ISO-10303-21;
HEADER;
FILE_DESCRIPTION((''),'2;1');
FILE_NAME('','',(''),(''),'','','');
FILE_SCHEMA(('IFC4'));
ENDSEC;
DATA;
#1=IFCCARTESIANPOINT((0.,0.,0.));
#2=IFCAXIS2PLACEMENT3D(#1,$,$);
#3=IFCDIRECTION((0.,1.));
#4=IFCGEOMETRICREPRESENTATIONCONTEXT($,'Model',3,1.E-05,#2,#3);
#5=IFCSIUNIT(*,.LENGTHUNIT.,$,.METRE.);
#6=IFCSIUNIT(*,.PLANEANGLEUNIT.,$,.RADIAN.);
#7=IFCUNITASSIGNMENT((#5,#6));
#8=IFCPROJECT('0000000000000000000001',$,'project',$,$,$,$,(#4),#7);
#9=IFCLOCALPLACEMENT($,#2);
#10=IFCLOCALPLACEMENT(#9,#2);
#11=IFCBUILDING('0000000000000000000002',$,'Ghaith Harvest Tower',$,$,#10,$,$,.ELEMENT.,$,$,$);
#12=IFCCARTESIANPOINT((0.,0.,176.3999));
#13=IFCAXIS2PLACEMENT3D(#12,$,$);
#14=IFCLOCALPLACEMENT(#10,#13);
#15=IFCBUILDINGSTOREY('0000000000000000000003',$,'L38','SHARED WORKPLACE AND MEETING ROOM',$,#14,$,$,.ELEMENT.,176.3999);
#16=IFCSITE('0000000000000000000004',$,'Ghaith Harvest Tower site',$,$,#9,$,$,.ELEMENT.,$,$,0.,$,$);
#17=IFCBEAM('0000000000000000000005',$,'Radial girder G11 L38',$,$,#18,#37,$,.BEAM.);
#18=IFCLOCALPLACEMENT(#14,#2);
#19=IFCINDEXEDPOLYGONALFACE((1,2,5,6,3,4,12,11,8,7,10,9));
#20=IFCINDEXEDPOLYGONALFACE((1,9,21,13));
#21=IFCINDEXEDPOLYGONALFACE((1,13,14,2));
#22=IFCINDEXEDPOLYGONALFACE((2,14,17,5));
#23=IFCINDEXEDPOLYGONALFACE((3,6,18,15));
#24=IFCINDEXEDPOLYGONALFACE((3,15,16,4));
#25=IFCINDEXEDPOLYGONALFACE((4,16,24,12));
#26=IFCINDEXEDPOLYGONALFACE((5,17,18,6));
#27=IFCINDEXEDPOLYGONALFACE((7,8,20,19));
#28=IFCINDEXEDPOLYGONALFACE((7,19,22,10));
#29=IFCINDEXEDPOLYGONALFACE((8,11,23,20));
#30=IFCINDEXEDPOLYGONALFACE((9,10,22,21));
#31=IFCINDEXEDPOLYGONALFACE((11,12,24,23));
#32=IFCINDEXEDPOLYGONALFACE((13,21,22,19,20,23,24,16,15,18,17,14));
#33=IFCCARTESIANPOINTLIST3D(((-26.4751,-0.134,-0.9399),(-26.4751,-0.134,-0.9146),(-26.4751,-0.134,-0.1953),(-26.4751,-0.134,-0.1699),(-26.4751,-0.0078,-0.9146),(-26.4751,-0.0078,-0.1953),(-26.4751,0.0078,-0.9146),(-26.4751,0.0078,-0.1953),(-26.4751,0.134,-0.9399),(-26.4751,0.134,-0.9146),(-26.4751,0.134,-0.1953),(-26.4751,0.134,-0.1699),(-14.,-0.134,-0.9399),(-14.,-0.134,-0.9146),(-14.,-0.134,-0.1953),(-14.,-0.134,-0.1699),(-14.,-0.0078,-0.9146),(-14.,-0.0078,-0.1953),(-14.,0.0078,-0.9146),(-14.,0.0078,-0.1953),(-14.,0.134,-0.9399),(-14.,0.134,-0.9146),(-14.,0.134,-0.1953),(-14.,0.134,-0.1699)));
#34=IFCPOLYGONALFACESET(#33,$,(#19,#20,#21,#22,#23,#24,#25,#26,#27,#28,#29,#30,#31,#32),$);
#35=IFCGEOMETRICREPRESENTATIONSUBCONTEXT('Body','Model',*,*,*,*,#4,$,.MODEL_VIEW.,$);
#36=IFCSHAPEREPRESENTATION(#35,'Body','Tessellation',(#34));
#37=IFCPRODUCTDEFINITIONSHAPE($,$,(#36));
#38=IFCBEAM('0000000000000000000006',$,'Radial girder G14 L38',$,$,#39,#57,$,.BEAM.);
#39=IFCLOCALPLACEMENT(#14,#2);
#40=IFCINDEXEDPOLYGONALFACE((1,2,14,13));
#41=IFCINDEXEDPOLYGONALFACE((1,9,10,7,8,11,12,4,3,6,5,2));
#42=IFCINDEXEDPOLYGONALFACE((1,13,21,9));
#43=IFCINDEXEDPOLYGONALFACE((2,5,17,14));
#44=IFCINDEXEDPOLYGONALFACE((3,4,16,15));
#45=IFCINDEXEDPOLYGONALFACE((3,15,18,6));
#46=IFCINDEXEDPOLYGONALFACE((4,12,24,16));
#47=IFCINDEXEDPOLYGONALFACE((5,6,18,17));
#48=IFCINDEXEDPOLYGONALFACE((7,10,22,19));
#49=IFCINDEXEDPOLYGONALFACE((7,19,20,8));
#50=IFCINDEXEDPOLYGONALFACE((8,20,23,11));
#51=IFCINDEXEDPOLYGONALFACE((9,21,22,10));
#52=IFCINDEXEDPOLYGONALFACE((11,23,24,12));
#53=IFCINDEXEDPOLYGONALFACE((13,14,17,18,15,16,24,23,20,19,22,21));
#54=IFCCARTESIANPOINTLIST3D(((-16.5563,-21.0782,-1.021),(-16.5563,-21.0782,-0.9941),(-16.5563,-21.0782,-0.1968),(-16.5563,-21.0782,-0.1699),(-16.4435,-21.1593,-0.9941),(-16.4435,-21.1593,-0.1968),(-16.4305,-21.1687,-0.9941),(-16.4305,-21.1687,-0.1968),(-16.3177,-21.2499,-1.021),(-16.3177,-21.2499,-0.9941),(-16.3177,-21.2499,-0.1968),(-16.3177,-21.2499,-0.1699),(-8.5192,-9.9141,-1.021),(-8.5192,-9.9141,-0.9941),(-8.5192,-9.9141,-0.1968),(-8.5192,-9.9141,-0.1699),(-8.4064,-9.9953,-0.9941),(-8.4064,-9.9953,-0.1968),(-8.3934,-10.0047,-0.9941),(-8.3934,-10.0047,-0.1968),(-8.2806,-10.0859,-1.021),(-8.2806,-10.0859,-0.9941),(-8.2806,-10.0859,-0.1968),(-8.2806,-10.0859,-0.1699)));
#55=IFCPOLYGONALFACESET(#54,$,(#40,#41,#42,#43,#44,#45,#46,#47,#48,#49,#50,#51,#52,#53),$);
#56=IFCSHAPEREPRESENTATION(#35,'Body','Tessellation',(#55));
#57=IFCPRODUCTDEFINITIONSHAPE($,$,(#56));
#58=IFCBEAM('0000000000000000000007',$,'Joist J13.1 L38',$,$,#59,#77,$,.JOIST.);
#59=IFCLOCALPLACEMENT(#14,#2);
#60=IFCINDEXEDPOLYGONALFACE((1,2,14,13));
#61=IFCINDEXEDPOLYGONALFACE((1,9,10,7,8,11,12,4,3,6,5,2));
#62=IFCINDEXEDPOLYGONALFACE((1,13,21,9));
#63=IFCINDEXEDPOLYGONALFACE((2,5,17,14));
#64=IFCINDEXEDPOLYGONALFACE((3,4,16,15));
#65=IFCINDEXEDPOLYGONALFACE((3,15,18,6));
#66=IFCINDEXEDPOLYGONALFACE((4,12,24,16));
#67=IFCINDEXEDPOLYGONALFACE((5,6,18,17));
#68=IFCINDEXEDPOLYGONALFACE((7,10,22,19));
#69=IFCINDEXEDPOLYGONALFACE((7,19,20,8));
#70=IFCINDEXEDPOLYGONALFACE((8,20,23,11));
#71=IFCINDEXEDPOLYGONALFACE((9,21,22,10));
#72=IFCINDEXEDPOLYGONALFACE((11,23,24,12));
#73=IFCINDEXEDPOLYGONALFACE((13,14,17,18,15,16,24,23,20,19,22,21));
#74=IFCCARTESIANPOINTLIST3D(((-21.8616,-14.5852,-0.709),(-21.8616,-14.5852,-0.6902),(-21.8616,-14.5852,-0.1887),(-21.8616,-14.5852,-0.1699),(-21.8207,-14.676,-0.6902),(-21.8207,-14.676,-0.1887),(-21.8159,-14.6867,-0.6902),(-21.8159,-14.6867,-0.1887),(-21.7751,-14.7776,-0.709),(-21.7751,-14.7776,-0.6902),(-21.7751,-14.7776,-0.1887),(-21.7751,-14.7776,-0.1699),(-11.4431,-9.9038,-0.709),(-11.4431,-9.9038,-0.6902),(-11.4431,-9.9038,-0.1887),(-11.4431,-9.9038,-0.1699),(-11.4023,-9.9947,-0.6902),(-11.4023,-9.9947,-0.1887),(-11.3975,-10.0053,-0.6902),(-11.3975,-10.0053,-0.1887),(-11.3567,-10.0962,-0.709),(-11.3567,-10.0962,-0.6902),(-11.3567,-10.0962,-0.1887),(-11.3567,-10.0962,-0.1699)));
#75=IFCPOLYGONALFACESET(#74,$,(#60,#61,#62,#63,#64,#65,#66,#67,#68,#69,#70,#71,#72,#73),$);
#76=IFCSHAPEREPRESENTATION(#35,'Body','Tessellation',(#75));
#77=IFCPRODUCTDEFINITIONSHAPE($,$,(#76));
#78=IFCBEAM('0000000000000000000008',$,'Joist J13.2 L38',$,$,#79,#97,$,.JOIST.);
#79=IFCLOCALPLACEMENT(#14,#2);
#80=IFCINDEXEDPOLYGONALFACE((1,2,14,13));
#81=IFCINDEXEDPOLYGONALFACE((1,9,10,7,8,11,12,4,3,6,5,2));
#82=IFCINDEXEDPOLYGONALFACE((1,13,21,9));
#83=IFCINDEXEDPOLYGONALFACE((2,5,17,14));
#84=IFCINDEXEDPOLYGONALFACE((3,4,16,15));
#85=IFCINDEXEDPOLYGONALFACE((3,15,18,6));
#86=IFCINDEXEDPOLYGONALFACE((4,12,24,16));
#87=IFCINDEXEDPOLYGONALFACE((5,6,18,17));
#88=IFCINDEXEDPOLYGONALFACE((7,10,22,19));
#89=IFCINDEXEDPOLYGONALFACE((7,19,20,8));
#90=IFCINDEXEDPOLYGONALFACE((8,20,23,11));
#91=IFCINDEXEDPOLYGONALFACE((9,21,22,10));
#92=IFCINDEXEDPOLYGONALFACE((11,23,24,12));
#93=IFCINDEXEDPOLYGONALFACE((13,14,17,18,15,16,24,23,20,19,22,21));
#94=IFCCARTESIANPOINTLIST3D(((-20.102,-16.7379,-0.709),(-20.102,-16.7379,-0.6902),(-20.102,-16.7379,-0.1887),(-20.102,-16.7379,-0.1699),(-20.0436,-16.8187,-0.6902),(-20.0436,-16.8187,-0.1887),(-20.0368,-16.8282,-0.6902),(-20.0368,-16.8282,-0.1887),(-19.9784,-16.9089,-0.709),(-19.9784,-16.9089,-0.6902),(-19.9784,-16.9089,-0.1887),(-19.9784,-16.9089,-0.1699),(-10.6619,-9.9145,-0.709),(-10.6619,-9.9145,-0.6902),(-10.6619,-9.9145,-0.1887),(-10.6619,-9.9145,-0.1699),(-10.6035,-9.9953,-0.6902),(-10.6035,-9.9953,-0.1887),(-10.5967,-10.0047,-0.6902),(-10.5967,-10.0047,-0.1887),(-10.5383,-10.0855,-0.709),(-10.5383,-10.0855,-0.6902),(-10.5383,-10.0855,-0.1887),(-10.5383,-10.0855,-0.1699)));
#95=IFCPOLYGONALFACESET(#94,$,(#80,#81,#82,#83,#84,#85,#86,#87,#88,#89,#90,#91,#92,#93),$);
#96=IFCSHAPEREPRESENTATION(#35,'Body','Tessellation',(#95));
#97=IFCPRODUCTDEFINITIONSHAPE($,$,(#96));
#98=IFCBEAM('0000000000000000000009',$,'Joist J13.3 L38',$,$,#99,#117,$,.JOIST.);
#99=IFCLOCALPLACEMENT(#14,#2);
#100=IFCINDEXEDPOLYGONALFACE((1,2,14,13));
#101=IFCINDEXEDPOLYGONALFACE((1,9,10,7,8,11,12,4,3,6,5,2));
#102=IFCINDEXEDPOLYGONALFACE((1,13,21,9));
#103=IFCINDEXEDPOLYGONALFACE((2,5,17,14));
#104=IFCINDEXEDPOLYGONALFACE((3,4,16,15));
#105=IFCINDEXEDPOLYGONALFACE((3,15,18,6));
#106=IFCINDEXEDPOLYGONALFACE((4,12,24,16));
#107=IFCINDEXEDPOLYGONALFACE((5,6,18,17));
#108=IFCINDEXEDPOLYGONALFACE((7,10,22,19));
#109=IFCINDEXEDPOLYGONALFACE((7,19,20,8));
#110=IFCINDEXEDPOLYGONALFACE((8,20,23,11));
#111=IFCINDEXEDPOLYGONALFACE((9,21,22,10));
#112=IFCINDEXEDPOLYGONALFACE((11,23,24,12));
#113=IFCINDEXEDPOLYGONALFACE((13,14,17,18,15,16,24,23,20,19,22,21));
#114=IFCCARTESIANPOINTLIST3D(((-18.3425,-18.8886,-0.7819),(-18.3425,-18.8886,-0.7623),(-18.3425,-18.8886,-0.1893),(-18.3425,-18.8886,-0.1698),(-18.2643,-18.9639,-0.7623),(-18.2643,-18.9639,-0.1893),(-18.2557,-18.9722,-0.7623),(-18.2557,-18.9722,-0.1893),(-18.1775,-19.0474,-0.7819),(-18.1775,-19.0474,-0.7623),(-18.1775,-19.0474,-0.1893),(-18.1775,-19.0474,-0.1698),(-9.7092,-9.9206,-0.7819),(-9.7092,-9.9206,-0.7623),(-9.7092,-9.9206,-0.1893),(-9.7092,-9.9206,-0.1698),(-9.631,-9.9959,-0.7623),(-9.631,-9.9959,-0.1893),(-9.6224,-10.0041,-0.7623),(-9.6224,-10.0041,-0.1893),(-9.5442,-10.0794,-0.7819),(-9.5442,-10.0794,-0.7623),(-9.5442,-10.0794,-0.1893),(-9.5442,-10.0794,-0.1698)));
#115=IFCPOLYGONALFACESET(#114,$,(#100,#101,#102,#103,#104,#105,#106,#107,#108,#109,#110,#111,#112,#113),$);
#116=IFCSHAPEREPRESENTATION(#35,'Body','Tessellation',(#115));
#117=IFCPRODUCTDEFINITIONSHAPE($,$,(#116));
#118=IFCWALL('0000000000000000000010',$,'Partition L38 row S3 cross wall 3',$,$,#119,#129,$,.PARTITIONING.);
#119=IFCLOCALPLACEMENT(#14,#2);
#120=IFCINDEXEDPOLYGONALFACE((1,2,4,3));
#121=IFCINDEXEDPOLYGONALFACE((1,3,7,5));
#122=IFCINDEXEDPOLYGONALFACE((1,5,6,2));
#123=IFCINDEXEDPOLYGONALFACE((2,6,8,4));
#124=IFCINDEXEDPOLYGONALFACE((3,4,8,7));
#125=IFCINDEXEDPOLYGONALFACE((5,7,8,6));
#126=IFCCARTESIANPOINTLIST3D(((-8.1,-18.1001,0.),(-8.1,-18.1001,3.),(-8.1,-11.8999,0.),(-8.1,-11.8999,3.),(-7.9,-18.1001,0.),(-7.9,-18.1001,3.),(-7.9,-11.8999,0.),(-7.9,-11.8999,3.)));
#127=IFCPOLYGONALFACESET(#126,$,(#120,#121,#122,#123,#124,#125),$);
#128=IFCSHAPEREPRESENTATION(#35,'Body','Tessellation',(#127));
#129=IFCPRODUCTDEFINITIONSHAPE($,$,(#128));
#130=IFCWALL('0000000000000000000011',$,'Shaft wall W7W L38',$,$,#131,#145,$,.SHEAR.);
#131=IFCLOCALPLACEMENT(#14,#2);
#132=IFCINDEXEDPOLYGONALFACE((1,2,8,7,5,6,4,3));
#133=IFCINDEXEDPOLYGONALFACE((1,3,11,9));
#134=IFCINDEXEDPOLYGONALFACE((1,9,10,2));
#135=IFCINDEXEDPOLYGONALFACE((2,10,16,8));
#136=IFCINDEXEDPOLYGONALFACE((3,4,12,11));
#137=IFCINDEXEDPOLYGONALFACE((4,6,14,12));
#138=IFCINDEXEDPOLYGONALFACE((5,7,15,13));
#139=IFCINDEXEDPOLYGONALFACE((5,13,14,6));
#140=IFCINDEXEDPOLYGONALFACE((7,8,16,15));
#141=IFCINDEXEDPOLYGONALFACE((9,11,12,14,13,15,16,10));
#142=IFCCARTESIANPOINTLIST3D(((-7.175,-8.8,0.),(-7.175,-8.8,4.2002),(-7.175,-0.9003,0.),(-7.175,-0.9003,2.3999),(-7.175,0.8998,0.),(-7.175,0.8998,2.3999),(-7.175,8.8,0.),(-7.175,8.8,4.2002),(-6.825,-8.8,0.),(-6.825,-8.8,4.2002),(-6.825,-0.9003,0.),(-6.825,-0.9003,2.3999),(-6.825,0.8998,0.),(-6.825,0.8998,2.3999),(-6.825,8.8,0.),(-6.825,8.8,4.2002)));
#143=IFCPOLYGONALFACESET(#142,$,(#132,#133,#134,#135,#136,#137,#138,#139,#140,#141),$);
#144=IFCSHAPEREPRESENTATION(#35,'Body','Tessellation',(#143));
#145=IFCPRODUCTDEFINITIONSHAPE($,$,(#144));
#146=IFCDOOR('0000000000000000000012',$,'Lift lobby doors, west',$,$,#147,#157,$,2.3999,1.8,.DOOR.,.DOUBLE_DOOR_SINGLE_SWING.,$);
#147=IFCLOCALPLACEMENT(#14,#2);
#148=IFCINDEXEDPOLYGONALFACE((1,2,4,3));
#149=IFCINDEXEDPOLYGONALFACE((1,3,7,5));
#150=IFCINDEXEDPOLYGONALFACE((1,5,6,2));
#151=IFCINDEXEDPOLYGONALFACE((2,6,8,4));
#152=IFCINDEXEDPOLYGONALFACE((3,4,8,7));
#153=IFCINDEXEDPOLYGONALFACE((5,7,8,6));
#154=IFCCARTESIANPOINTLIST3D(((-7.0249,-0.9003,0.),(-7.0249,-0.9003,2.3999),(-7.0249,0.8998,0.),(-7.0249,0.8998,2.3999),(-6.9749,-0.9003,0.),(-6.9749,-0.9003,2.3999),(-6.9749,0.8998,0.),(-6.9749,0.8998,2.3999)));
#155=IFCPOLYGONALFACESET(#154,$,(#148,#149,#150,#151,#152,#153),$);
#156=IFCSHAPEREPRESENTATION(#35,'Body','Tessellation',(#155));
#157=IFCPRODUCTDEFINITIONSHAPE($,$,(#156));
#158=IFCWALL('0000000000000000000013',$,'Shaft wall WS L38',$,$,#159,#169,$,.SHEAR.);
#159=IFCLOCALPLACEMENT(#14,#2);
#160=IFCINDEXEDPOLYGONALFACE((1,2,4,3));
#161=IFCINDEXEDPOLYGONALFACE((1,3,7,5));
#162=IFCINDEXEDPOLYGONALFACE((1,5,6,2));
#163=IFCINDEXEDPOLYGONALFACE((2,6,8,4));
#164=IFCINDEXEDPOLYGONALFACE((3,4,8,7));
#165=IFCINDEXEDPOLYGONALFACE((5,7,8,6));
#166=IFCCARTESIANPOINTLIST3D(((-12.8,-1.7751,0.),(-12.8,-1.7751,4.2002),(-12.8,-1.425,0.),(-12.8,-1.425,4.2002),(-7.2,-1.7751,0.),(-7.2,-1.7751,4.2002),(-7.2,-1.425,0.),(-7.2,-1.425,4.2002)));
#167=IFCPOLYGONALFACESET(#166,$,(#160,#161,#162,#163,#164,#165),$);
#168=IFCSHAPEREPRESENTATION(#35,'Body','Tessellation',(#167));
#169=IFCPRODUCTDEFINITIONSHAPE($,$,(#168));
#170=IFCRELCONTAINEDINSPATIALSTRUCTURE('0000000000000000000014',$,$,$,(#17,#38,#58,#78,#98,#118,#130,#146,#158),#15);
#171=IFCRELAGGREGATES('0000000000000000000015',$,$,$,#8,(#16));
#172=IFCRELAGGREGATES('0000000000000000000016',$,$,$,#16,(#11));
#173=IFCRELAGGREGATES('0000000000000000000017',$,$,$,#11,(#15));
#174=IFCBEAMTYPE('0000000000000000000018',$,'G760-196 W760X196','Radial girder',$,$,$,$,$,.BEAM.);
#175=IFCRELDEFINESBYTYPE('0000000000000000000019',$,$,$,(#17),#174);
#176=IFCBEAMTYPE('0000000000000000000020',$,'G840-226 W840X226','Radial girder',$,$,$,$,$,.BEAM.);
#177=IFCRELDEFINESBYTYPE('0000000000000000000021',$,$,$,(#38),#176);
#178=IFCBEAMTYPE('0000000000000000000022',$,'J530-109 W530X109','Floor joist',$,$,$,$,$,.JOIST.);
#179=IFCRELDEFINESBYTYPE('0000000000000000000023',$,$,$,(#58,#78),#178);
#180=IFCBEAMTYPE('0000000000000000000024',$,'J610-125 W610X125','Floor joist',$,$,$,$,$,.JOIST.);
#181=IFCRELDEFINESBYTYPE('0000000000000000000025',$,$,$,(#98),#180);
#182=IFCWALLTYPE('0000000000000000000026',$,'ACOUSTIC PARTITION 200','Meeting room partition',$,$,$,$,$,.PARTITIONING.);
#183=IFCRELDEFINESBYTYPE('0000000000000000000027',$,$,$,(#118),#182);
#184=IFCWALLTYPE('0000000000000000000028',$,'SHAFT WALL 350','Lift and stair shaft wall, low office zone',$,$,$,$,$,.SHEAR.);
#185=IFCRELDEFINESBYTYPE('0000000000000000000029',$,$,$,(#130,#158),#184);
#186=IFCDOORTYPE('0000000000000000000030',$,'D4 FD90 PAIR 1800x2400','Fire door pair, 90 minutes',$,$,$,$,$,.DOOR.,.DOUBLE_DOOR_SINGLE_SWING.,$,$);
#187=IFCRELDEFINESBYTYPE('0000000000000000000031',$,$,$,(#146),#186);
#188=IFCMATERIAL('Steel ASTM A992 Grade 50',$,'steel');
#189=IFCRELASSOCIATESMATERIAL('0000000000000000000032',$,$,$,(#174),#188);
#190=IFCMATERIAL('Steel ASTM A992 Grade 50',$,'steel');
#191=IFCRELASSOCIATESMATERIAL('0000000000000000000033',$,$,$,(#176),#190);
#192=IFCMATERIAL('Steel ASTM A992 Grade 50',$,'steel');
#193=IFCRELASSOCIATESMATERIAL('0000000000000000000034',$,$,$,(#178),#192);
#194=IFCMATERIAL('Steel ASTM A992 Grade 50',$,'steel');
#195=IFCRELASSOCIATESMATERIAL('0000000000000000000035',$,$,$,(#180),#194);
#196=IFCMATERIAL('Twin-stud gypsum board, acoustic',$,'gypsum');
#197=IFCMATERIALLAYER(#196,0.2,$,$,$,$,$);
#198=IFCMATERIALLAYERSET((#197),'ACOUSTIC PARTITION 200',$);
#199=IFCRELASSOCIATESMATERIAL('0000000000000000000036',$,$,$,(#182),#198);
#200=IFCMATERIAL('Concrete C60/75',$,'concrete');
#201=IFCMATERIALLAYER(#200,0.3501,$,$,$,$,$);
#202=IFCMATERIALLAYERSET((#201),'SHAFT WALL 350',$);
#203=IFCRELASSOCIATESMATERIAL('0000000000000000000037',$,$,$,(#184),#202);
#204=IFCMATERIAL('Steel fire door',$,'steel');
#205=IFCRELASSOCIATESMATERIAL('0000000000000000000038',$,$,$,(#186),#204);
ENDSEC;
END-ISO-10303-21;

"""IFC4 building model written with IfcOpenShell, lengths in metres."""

from ifc_helpers import new_model, si_unit, direction, frame, frame_2d, origin, origin_2d, place, context, subcontext, project, spatial, rectangle, i_section, extrude, material, layer, layer_set, material_profile, profile_set, type_object, element, fill, save


model = new_model("IFC4")

# Units and contexts
model_context = context("Model", 3, precision=1e-05, world=origin(), true_north=direction((0.0, 1.0)))
body_context = subcontext(model_context, "Body", "Model", "MODEL_VIEW")
ifc_project = project(units=[si_unit("LENGTHUNIT", "METRE"), si_unit("PLANEANGLEUNIT", "RADIAN")], contexts=[model_context])

# Site, building, storey
site_placement = place(None, origin())
site = spatial("IfcSite", under=ifc_project, at=site_placement, Name="Ghaith Harvest Tower site", CompositionType="ELEMENT", RefElevation=0.0)
building_placement = place(site_placement, origin())
building = spatial("IfcBuilding", under=site, at=building_placement, Name="Ghaith Harvest Tower", CompositionType="ELEMENT")
storey_placement = place(building_placement, frame((0.0, 0.0, 176.3999)))
storey = spatial("IfcBuildingStorey", under=building, at=storey_placement, Name="L38", Description="SHARED WORKPLACE AND MEETING ROOM", CompositionType="ELEMENT", Elevation=176.3999)

# Beams
ifc_material_1 = material(Name="Steel ASTM A992 Grade 50", Category="steel")
ifc_material_profile_1 = material_profile(ifc_material_1, i_section(OverallWidth=0.2681, OverallDepth=0.77, WebThickness=0.0156, FlangeThickness=0.0254, at=origin_2d()), Name="W760X196")
ifc_profile_set_1 = profile_set([ifc_material_profile_1], Name="Steel ASTM A992 Grade 50")
beam_type_1 = type_object("IfcBeamType", Name="G760-196 W760X196", Description="Radial girder", PredefinedType="BEAM", material=ifc_profile_set_1)
beam_1_placement = place(storey_placement, frame((-14.0, 0.0, -0.5549), z_axis=(-1.0, 0.0, 0.0), x_axis=(0.0, -1.0, 0.0)))
element("IfcBeam", 1, at=beam_1_placement, inside=storey, type_object=beam_type_1, Name="Radial girder G11 L38", PredefinedType="BEAM", context=body_context, shape_type="SweptSolid", body=[
    extrude(i_section(OverallWidth=0.2681, OverallDepth=0.77, WebThickness=0.0156, FlangeThickness=0.0254, at=origin_2d()), origin(), (0.0, 0.0, 1.0), 12.4751),
])
ifc_material_2 = material(Name="Steel ASTM A992 Grade 50", Category="steel")
ifc_material_profile_2 = material_profile(ifc_material_2, i_section(OverallWidth=0.2939, OverallDepth=0.8511, WebThickness=0.0161, FlangeThickness=0.0269, at=origin_2d()), Name="W840X226")
ifc_profile_set_2 = profile_set([ifc_material_profile_2], Name="Steel ASTM A992 Grade 50")
beam_type_2 = type_object("IfcBeamType", Name="G840-226 W840X226", Description="Radial girder", PredefinedType="BEAM", material=ifc_profile_set_2)
beam_2_placement = place(storey_placement, frame((-8.3999, -10.0, -0.5955), z_axis=(-0.584256, -0.811569, 0.0), x_axis=(0.811569, -0.584256, 0.0)))
element("IfcBeam", 2, at=beam_2_placement, inside=storey, type_object=beam_type_2, Name="Radial girder G14 L38", PredefinedType="BEAM", context=body_context, shape_type="SweptSolid", body=[
    extrude(i_section(OverallWidth=0.2939, OverallDepth=0.8511, WebThickness=0.0161, FlangeThickness=0.0269, at=origin_2d()), origin(), (0.0, 0.0, 1.0), 13.7561),
])
ifc_material_3 = material(Name="Steel ASTM A992 Grade 50", Category="steel")
ifc_material_profile_3 = material_profile(ifc_material_3, i_section(OverallWidth=0.2109, OverallDepth=0.5391, WebThickness=0.0117, FlangeThickness=0.0188, at=origin_2d()), Name="W530X109")
ifc_profile_set_3 = profile_set([ifc_material_profile_3], Name="Steel ASTM A992 Grade 50")
beam_type_3 = type_object("IfcBeamType", Name="J530-109 W530X109", Description="Floor joist", PredefinedType="JOIST", material=ifc_profile_set_3)
beam_3_placement = place(storey_placement, frame((-11.3999, -10.0, -0.4395), z_axis=(-0.912148, -0.409862, 0.0), x_axis=(0.409862, -0.912148, 0.0)))
element("IfcBeam", 3, at=beam_3_placement, inside=storey, type_object=beam_type_3, Name="Joist J13.1 L38", PredefinedType="JOIST", context=body_context, shape_type="SweptSolid", body=[
    extrude(i_section(OverallWidth=0.2109, OverallDepth=0.5391, WebThickness=0.0117, FlangeThickness=0.0188, at=origin_2d()), origin(), (0.0, 0.0, 1.0), 11.4219),
])
beam_4_placement = place(storey_placement, frame((-10.6001, -10.0, -0.4395), z_axis=(-0.810452, -0.585805, 0.0), x_axis=(0.585805, -0.810452, 0.0)))
element("IfcBeam", 4, at=beam_4_placement, inside=storey, type_object=beam_type_3, Name="Joist J13.2 L38", PredefinedType="JOIST", context=body_context, shape_type="SweptSolid", body=[
    extrude(i_section(OverallWidth=0.2109, OverallDepth=0.5391, WebThickness=0.0117, FlangeThickness=0.0188, at=origin_2d()), origin(), (0.0, 0.0, 1.0), 11.6479),
])
ifc_material_4 = material(Name="Steel ASTM A992 Grade 50", Category="steel")
ifc_material_profile_4 = material_profile(ifc_material_4, i_section(OverallWidth=0.229, OverallDepth=0.6121, WebThickness=0.012, FlangeThickness=0.0195, at=origin_2d()), Name="W610X125")
ifc_profile_set_4 = profile_set([ifc_material_profile_4], Name="Steel ASTM A992 Grade 50")
beam_type_4 = type_object("IfcBeamType", Name="J610-125 W610X125", Description="Floor joist", PredefinedType="JOIST", material=ifc_profile_set_4)
beam_5_placement = place(storey_placement, frame((-9.6267, -10.0, -0.4758), z_axis=(-0.693535, -0.720423, 0.0), x_axis=(0.720423, -0.693535, 0.0)))
element("IfcBeam", 5, at=beam_5_placement, inside=storey, type_object=beam_type_4, Name="Joist J13.3 L38", PredefinedType="JOIST", context=body_context, shape_type="SweptSolid", body=[
    extrude(i_section(OverallWidth=0.229, OverallDepth=0.6121, WebThickness=0.012, FlangeThickness=0.0195, at=origin_2d()), origin(), (0.0, 0.0, 1.0), 12.4482),
])

# Wall
ifc_material_5 = material(Name="Twin-stud gypsum board, acoustic", Category="gypsum")
ifc_layer_1 = layer(ifc_material_5, 0.2)
ifc_layer_set_1 = layer_set([ifc_layer_1], Name="ACOUSTIC PARTITION 200")
wall_type_1 = type_object("IfcWallType", Name="ACOUSTIC PARTITION 200", Description="Meeting room partition", PredefinedType="PARTITIONING", material=ifc_layer_set_1)
wall_1_placement = place(storey_placement, frame((-8.0, -11.8999, 0.0), z_axis=(0.0, 0.0, 1.0), x_axis=(0.0, -1.0, 0.0)))
element("IfcWall", 6, at=wall_1_placement, inside=storey, type_object=wall_type_1, Name="Partition L38 row S3 cross wall 3", PredefinedType="PARTITIONING", context=body_context, shape_type="SweptSolid", body=[
    extrude(rectangle(XDim=6.2002, YDim=0.2, at=frame_2d((3.1001, 0.0))), origin(), (0.0, 0.0, 1.0), 3.0),
])

# Wall, opening, door
ifc_material_6 = material(Name="Concrete C60/75", Category="concrete")
ifc_layer_2 = layer(ifc_material_6, 0.3501)
ifc_layer_set_2 = layer_set([ifc_layer_2], Name="SHAFT WALL 350")
wall_type_2 = type_object("IfcWallType", Name="SHAFT WALL 350", Description="Lift and stair shaft wall, low office zone", PredefinedType="SHEAR", material=ifc_layer_set_2)
wall_2_placement = place(storey_placement, frame((-7.0, -8.8, 0.0), z_axis=(0.0, 0.0, 1.0), x_axis=(0.0, 1.0, 0.0)))
wall_2 = element("IfcWall", 7, at=wall_2_placement, inside=storey, type_object=wall_type_2, Name="Shaft wall W7W L38", PredefinedType="SHEAR", context=body_context, shape_type="SweptSolid", body=[
    extrude(rectangle(XDim=17.6001, YDim=0.3501, at=frame_2d((8.8, 0.0))), origin(), (0.0, 0.0, 1.0), 4.2002),
])
opening_placement = place(wall_2_placement, frame((7.8999, 0.0, 0.0)))
opening = element("IfcOpeningElement", 8, at=opening_placement, cuts=wall_2, PredefinedType="OPENING", context=body_context, shape_type="SweptSolid", body=[
    extrude(rectangle(XDim=1.8, YDim=2.3999, at=frame_2d((0.8999, 1.2))), frame((0.0, 0.1851, 0.0), z_axis=(0.0, -1.0, 0.0), x_axis=(1.0, 0.0, 0.0)), (0.0, 0.0, 1.0), 0.3701),
])
ifc_material_7 = material(Name="Steel fire door", Category="steel")
door_type = type_object("IfcDoorType", Name="D4 FD90 PAIR 1800x2400", Description="Fire door pair, 90 minutes", OperationType="DOUBLE_DOOR_SINGLE_SWING", PredefinedType="DOOR", material=ifc_material_7)
door_placement = place(opening_placement, origin())
door = element("IfcDoor", 9, at=door_placement, inside=storey, type_object=door_type, Name="Lift lobby doors, west", OperationType="DOUBLE_DOOR_SINGLE_SWING", OverallHeight=2.3999, OverallWidth=1.8, PredefinedType="DOOR", context=body_context, shape_type="SweptSolid", body=[
    extrude(rectangle(XDim=1.8, YDim=2.3999, at=frame_2d((0.8999, 1.2))), frame((0.0, 0.0249, 0.0), z_axis=(0.0, -1.0, 0.0), x_axis=(1.0, 0.0, 0.0)), (0.0, 0.0, 1.0), 0.05),
])
fill(opening, door)

# Wall
wall_3_placement = place(storey_placement, frame((-12.8, -1.6001, 0.0), z_axis=(0.0, 0.0, 1.0), x_axis=(1.0, 0.0, 0.0)))
element("IfcWall", 10, at=wall_3_placement, inside=storey, type_object=wall_type_2, Name="Shaft wall WS L38", PredefinedType="SHEAR", context=body_context, shape_type="SweptSolid", body=[
    extrude(rectangle(XDim=5.6001, YDim=0.3501, at=frame_2d((2.8, 0.0))), origin(), (0.0, 0.0, 1.0), 4.2002),
])

save(model, "model.ifc")
